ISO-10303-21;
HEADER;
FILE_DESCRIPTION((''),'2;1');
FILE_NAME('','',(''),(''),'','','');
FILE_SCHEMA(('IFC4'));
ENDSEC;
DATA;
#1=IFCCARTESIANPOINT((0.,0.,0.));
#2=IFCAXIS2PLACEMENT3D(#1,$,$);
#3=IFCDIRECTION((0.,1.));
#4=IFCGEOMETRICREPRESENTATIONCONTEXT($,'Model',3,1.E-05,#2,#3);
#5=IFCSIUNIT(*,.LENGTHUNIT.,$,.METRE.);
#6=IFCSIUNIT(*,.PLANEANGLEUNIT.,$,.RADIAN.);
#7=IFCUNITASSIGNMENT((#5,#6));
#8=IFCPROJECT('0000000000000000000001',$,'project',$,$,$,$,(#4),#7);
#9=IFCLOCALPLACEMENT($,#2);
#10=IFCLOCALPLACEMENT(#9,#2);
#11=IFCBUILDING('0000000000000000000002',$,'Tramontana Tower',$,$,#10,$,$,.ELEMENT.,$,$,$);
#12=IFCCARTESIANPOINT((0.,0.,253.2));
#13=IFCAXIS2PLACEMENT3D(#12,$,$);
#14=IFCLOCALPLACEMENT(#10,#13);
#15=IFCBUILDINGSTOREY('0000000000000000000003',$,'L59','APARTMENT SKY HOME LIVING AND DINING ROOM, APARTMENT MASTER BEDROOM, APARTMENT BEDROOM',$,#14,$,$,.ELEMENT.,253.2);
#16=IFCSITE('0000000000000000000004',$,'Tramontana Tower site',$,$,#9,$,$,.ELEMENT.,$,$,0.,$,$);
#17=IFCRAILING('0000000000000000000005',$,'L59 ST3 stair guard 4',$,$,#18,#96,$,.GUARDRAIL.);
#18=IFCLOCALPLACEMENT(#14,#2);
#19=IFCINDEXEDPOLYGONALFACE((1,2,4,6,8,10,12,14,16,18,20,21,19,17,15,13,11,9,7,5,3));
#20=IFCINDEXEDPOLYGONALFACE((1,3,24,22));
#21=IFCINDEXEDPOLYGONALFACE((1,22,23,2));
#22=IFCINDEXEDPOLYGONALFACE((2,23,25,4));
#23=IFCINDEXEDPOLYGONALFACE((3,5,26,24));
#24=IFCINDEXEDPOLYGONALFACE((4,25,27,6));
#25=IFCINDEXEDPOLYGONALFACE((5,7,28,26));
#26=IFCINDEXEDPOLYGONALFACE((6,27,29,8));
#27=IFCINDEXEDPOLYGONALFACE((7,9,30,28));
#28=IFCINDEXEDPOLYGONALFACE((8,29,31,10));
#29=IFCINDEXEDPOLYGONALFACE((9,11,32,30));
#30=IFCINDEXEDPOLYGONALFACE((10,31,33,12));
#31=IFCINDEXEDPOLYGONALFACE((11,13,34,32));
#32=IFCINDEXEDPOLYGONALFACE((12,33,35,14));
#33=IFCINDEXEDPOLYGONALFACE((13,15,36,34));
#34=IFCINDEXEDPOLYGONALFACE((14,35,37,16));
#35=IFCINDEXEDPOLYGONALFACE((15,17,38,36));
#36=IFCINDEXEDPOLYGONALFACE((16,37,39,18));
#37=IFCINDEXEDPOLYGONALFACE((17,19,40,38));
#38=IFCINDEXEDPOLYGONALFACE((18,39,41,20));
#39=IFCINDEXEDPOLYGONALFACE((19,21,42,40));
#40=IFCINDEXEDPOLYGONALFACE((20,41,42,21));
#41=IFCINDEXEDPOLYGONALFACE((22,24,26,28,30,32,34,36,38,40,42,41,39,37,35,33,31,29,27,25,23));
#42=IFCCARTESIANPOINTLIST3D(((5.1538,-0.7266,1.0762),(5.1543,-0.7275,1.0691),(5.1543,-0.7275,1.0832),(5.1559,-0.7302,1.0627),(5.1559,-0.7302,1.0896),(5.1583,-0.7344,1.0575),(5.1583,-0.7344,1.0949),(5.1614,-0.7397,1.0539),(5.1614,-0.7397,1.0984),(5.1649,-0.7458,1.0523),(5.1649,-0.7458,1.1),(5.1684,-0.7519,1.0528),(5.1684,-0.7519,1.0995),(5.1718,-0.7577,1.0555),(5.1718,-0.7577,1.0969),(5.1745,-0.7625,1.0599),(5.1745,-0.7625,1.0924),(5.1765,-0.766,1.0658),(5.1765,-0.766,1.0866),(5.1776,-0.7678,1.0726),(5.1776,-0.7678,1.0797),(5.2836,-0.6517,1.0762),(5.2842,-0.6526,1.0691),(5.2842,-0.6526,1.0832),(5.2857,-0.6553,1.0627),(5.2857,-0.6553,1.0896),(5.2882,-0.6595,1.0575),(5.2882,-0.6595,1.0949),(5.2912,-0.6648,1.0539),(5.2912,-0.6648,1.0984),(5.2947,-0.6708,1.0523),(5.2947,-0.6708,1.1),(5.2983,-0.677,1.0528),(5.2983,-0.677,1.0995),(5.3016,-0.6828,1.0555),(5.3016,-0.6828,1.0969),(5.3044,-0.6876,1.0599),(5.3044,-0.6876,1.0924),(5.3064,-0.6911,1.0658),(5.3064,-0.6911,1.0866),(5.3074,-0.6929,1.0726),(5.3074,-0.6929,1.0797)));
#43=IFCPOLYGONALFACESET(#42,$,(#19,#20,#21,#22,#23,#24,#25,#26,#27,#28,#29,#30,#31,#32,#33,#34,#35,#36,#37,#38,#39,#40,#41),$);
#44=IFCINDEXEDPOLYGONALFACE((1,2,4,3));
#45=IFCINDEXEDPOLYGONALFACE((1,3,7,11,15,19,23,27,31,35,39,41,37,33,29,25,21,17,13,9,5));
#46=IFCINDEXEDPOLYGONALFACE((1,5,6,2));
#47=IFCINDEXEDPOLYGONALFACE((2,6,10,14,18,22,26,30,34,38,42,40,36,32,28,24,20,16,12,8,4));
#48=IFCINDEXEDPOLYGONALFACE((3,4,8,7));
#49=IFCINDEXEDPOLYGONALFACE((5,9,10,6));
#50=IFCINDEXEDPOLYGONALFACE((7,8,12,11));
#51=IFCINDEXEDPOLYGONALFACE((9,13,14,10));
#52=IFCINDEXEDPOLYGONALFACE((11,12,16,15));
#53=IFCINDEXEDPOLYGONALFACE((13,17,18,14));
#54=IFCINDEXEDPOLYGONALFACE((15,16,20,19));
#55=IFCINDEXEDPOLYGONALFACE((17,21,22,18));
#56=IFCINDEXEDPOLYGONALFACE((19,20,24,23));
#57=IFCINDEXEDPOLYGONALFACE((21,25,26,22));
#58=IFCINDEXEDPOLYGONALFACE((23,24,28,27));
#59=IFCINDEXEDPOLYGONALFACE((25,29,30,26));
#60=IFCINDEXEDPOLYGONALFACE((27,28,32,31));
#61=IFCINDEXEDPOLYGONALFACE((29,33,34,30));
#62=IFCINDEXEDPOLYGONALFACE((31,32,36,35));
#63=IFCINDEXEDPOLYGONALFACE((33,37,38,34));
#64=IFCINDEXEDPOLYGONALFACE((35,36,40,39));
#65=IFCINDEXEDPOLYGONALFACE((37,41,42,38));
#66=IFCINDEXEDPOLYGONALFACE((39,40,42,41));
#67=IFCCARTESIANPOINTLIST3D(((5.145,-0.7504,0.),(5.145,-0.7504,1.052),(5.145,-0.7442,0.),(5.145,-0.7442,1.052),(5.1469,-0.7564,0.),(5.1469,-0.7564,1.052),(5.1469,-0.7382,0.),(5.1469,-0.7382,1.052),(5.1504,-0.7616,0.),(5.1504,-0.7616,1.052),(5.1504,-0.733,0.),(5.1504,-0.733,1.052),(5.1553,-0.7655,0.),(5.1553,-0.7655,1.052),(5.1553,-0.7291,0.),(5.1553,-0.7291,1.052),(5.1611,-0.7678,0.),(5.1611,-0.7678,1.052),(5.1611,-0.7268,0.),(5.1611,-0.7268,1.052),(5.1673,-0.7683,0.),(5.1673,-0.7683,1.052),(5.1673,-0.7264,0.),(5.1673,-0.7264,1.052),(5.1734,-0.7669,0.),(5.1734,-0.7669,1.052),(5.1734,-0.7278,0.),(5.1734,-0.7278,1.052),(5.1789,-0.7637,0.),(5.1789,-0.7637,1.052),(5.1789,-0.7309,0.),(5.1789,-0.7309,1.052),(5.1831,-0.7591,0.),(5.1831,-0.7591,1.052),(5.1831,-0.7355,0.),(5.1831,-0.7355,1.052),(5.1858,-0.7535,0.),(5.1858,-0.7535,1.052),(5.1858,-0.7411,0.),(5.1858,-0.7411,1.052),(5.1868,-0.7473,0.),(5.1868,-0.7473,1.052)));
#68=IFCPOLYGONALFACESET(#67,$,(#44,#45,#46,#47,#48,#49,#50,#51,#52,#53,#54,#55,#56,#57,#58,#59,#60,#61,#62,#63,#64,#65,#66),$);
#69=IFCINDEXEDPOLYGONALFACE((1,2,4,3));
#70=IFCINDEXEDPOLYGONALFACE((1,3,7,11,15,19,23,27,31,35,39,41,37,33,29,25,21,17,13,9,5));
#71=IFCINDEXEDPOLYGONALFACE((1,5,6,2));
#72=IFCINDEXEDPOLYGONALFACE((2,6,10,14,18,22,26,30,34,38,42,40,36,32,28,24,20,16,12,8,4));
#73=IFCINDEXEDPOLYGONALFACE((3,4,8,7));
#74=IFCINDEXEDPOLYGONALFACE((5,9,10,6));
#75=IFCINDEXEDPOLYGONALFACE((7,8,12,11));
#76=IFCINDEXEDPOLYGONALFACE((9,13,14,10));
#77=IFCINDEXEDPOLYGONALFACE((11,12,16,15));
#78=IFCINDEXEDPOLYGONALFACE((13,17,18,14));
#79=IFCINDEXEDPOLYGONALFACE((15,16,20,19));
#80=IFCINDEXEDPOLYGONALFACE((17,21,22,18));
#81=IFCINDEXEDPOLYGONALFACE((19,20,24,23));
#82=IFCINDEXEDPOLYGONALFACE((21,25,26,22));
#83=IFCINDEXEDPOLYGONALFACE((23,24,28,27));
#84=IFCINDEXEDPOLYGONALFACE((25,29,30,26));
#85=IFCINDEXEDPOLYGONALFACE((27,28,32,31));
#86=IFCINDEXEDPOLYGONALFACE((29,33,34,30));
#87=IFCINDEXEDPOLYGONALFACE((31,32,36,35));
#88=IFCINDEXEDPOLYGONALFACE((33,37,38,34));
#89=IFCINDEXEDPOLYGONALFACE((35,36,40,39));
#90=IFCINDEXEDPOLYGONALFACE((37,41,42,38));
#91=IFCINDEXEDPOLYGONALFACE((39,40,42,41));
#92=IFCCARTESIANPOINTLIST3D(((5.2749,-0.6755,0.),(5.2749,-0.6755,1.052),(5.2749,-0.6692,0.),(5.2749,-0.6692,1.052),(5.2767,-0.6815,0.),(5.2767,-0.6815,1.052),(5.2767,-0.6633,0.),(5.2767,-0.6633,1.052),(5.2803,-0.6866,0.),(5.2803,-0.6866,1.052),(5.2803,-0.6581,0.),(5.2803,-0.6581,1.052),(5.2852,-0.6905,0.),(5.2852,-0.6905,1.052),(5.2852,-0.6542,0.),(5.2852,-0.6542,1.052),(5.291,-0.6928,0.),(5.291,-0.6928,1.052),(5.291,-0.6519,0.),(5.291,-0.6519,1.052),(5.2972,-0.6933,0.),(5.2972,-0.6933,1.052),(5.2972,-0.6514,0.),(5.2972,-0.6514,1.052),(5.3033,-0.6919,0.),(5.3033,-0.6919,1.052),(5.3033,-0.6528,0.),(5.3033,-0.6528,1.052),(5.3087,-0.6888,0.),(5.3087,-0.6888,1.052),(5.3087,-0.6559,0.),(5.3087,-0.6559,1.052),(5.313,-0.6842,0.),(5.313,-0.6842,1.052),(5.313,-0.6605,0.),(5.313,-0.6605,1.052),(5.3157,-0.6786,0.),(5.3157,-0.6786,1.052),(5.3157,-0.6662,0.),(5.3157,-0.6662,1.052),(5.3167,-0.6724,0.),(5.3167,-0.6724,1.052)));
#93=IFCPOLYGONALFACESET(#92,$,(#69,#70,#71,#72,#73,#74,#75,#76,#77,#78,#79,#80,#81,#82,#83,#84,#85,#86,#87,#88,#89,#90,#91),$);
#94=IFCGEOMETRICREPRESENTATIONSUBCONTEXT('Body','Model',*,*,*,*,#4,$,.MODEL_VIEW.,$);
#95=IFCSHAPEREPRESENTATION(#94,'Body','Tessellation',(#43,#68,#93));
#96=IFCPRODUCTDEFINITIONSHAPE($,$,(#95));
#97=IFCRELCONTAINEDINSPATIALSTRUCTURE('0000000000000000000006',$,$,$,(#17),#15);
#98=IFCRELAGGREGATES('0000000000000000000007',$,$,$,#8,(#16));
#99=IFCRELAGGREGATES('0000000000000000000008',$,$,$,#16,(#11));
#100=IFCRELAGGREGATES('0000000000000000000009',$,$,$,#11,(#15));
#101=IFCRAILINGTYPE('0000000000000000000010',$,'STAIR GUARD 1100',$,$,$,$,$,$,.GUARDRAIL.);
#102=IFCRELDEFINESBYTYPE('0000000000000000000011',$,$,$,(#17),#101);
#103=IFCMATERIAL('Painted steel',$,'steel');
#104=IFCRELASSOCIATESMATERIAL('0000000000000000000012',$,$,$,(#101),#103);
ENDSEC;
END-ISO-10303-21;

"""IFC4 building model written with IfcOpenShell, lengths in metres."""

from ifc_helpers import new_model, si_unit, direction, frame, origin, origin_2d, place, context, subcontext, project, spatial, circle, extrude, material, type_object, element, save


model = new_model("IFC4")

# Units and contexts
model_context = context("Model", 3, precision=1e-05, world=origin(), true_north=direction((0.0, 1.0)))
body_context = subcontext(model_context, "Body", "Model", "MODEL_VIEW")
ifc_project = project(units=[si_unit("LENGTHUNIT", "METRE"), si_unit("PLANEANGLEUNIT", "RADIAN")], contexts=[model_context])

# Site, building, storey
site_placement = place(None, origin())
site = spatial("IfcSite", under=ifc_project, at=site_placement, Name="Tramontana Tower site", CompositionType="ELEMENT", RefElevation=0.0)
building_placement = place(site_placement, origin())
building = spatial("IfcBuilding", under=site, at=building_placement, Name="Tramontana Tower", CompositionType="ELEMENT")
storey_placement = place(building_placement, frame((0.0, 0.0, 253.2)))
storey = spatial("IfcBuildingStorey", under=building, at=storey_placement, Name="L59", Description="APARTMENT SKY HOME LIVING AND DINING ROOM, APARTMENT MASTER BEDROOM, APARTMENT BEDROOM", CompositionType="ELEMENT", Elevation=253.2)

# Railing
ifc_material_1 = material(Name="Painted steel", Category="steel")
railing_type_1 = type_object("IfcRailingType", Name="STAIR GUARD 1100", PredefinedType="GUARDRAIL", material=ifc_material_1)
railing_1_placement = place(storey_placement, frame((5.1658, -0.7473, 0.0)))
element("IfcRailing", 1, at=railing_1_placement, inside=storey, type_object=railing_type_1, Name="L59 ST3 stair guard 4", PredefinedType="GUARDRAIL", context=body_context, shape_type="SweptSolid", body=[
    extrude(circle(Radius=0.0239, at=origin_2d()), frame((0.0, 0.0, 1.0762), z_axis=(0.866131, 0.499816, 0.0), x_axis=(-0.499816, 0.866131, 0.0)), (0.0, 0.0, 1.0), 0.1499),
    extrude(circle(Radius=0.021, at=origin_2d()), origin(), (0.0, 0.0, 1.0), 1.052),
    extrude(circle(Radius=0.021, at=origin_2d()), frame((0.1299, 0.075, 0.0)), (0.0, 0.0, 1.0), 1.052),
])

save(model, "model.ifc")
